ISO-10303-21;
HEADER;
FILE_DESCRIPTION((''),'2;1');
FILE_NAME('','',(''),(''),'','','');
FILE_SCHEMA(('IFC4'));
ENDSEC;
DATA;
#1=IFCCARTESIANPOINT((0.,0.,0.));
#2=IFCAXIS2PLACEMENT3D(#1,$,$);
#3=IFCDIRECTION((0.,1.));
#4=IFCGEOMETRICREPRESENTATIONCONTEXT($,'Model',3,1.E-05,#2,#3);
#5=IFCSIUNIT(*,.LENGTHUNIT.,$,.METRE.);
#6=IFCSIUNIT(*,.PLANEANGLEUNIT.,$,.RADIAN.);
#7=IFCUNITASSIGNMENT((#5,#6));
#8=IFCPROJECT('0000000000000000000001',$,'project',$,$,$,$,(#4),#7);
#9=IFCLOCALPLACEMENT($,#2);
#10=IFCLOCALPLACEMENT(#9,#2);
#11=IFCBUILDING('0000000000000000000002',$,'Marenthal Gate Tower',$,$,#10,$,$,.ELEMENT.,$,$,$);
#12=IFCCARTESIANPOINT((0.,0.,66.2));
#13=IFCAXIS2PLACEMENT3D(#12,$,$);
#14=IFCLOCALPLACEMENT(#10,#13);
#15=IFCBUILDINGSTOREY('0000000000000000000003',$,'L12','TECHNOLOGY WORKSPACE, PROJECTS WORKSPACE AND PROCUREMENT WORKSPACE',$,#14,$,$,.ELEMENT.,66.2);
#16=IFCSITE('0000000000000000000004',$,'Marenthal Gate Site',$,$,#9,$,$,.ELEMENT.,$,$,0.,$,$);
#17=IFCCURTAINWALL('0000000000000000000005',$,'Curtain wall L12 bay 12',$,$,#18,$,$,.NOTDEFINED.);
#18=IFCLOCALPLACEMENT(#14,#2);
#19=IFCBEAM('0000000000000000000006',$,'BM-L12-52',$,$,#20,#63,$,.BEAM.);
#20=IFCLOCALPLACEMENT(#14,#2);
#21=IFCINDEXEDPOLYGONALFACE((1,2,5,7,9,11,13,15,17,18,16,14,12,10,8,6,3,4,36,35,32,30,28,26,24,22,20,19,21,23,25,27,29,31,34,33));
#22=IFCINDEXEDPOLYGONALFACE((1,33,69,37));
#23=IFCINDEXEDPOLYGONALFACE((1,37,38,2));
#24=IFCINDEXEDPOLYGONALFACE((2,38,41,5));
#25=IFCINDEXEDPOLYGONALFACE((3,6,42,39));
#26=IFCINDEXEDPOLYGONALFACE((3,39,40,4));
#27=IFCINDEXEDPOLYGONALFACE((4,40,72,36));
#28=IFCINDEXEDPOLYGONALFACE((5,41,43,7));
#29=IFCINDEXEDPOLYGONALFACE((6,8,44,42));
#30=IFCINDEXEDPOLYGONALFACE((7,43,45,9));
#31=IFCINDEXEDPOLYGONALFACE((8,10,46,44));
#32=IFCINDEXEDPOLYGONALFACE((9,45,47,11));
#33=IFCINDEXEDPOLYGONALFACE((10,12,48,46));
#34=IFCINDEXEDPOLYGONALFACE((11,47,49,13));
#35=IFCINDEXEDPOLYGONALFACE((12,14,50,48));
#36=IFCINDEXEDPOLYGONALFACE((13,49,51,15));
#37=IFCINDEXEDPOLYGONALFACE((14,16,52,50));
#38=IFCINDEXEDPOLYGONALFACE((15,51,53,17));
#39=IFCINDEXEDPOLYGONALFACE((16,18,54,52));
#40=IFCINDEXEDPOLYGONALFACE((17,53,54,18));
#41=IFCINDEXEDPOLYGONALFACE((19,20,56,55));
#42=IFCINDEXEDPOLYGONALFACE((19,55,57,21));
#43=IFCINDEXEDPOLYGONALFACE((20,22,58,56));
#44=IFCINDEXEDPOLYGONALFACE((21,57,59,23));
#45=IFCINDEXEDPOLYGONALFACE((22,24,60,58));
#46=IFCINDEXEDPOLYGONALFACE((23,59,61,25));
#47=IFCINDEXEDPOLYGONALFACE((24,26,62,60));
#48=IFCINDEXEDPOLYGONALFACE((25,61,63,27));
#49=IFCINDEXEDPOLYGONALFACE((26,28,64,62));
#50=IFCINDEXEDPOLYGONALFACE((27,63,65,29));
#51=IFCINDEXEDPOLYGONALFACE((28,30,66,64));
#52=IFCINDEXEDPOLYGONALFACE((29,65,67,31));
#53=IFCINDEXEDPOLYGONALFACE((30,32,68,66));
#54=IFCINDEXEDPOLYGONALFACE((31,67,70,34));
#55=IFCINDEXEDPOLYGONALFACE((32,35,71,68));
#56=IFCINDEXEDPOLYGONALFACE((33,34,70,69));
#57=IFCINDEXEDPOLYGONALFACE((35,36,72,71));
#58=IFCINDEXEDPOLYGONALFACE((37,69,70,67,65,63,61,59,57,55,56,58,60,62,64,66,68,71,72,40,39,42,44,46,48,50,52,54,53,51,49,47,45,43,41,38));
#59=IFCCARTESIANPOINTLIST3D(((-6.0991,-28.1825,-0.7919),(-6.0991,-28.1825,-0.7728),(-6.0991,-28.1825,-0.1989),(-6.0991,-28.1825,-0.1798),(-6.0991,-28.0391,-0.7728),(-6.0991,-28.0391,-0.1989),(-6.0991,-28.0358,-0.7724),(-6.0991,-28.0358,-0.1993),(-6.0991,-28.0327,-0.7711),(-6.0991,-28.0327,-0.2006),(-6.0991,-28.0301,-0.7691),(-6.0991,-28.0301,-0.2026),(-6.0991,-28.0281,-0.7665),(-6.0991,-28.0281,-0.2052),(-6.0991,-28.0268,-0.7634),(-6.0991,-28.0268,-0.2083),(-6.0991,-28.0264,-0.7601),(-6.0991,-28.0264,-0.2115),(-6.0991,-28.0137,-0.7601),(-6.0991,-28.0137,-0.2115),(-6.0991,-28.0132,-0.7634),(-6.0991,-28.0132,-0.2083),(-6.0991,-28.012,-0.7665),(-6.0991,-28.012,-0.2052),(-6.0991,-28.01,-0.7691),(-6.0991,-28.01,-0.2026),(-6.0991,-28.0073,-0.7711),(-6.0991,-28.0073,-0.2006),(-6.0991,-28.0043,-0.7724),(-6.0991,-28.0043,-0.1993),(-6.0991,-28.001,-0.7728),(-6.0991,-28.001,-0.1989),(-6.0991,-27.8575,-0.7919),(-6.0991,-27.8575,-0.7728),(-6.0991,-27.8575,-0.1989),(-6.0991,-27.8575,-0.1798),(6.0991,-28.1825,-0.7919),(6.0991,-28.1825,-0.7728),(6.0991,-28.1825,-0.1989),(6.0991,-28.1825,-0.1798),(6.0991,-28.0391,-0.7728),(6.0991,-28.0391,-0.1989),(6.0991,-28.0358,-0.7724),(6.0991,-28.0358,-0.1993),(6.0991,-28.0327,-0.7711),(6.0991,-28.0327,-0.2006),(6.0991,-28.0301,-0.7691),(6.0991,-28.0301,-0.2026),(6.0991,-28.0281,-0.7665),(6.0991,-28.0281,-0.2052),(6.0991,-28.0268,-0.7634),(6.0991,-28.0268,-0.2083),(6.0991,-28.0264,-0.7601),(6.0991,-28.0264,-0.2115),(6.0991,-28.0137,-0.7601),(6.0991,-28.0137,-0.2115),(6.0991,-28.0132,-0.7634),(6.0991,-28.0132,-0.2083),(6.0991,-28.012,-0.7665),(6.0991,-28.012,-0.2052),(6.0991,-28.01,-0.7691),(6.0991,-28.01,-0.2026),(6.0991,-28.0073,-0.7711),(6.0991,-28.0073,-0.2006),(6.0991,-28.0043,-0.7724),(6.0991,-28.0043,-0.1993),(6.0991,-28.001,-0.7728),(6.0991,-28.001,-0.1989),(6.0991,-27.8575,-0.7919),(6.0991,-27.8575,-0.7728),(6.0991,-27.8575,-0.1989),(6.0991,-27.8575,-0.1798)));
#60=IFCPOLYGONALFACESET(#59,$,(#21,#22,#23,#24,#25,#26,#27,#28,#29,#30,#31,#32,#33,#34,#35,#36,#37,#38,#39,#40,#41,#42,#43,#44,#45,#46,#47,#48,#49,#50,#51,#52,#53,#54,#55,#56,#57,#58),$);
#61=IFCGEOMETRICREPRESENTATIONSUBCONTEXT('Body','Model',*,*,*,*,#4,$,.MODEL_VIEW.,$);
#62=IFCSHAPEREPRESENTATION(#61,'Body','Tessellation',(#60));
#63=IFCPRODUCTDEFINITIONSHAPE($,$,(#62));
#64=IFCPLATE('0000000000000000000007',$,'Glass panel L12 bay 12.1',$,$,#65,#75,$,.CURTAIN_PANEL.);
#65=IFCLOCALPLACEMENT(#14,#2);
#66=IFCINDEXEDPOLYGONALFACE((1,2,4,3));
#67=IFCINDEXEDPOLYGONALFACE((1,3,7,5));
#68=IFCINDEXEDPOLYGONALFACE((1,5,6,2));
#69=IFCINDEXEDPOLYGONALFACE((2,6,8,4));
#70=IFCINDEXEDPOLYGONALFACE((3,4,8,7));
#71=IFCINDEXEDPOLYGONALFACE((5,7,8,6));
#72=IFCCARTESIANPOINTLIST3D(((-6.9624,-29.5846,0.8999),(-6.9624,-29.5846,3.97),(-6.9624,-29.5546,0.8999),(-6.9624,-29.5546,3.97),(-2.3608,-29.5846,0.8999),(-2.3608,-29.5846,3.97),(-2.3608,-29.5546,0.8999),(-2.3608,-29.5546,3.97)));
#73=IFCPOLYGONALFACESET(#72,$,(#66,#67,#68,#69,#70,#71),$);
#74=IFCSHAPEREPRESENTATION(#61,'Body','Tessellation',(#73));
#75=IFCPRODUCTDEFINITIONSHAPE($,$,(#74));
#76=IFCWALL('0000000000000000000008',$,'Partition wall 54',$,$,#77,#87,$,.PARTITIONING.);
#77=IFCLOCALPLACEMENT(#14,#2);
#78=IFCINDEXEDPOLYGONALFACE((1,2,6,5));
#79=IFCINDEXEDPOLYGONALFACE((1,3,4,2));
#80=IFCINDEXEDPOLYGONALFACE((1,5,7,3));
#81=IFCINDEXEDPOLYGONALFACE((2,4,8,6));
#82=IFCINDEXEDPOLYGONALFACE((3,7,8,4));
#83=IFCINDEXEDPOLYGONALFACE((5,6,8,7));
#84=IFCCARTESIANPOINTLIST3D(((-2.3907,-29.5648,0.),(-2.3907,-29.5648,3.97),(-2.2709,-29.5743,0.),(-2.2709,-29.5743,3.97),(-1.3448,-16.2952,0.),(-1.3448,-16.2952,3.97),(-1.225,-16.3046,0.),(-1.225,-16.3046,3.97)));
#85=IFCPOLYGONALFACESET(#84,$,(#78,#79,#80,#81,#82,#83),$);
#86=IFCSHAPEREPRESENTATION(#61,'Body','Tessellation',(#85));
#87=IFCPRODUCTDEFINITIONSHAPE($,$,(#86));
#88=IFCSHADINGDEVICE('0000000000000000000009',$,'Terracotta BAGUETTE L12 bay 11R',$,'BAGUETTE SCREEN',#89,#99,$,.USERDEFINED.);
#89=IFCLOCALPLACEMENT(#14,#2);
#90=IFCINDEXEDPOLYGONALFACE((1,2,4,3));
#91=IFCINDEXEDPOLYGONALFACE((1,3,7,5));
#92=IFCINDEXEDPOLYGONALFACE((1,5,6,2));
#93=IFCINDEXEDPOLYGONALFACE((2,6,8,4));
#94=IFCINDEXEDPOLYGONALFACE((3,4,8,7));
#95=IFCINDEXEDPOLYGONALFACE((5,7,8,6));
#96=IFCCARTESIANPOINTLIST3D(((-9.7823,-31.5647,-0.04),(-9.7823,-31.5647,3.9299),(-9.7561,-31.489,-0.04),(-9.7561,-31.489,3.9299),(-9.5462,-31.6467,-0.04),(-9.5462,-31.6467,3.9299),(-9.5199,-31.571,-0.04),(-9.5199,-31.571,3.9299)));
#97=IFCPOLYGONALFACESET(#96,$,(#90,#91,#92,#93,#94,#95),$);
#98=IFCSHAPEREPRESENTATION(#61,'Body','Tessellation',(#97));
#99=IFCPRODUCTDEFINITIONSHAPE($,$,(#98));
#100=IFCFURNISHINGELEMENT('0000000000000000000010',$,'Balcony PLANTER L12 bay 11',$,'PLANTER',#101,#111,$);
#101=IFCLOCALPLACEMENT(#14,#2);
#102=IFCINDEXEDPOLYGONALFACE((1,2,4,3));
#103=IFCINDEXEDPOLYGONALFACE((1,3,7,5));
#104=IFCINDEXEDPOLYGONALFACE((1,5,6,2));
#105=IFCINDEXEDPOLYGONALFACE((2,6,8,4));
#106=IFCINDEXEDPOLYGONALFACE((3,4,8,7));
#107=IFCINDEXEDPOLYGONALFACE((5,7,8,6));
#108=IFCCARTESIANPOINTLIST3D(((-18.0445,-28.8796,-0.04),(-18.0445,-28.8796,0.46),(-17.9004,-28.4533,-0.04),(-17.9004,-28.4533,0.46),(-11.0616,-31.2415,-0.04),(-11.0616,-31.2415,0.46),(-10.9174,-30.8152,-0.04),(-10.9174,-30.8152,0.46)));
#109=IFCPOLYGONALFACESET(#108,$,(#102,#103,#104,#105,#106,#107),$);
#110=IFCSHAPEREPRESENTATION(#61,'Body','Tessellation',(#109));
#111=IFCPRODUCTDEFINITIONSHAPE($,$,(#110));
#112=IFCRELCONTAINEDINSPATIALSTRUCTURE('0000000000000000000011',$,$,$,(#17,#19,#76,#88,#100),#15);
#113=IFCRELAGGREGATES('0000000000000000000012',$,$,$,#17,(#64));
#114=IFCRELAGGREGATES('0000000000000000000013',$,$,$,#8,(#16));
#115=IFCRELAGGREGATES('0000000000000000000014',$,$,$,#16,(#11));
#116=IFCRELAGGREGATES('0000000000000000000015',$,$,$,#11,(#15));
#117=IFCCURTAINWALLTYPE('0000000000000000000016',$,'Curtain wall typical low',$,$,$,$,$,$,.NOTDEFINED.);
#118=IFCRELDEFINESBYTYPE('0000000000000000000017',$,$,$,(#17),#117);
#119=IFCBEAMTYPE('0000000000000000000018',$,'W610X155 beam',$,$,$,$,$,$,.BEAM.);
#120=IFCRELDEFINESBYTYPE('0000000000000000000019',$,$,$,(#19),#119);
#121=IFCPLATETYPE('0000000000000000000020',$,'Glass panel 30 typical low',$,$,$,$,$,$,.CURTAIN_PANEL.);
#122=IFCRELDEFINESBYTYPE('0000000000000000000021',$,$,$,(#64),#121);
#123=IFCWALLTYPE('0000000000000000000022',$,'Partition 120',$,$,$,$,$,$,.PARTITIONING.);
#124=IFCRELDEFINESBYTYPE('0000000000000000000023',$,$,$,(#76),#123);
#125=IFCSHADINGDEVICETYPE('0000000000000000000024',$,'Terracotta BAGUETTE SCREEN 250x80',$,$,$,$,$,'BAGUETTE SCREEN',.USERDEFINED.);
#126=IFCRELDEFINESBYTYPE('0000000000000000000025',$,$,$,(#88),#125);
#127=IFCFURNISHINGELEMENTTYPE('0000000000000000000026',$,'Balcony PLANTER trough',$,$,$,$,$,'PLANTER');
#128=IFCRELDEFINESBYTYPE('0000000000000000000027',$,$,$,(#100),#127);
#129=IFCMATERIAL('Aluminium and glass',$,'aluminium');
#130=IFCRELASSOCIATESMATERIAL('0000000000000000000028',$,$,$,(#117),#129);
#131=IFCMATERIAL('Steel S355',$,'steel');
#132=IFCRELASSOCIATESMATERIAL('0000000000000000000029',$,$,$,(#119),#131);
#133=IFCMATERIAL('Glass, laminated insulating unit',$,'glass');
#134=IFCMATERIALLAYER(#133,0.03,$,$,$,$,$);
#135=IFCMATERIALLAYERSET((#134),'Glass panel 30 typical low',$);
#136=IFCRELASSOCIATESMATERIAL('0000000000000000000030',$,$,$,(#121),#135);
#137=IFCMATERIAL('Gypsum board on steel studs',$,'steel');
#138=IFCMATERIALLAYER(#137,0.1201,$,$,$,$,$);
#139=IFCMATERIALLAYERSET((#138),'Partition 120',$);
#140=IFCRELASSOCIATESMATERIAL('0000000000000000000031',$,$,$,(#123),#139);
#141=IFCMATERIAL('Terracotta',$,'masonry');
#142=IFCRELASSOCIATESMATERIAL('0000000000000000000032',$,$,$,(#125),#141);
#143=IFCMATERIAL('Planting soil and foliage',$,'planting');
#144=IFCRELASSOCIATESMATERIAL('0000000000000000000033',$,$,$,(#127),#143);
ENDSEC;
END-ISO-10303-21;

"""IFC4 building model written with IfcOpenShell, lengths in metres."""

from ifc_helpers import new_model, si_unit, direction, frame, frame_2d, origin, origin_2d, place, context, subcontext, project, spatial, rectangle, i_section, extrude, material, layer, layer_set, material_profile, profile_set, type_object, element, aggregate, save


model = new_model("IFC4")

# Units and contexts
model_context = context("Model", 3, precision=1e-05, world=origin(), true_north=direction((0.0, 1.0)))
body_context = subcontext(model_context, "Body", "Model", "MODEL_VIEW")
ifc_project = project(units=[si_unit("LENGTHUNIT", "METRE"), si_unit("PLANEANGLEUNIT", "RADIAN")], contexts=[model_context])

# Site, building, storey
site_placement = place(None, origin())
site = spatial("IfcSite", under=ifc_project, at=site_placement, Name="Marenthal Gate Site", CompositionType="ELEMENT", RefElevation=0.0)
building_placement = place(site_placement, origin())
building = spatial("IfcBuilding", under=site, at=building_placement, Name="Marenthal Gate Tower", CompositionType="ELEMENT")
storey_placement = place(building_placement, frame((0.0, 0.0, 66.2)))
storey = spatial("IfcBuildingStorey", under=building, at=storey_placement, Name="L12", Description="TECHNOLOGY WORKSPACE, PROJECTS WORKSPACE AND PROCUREMENT WORKSPACE", CompositionType="ELEMENT", Elevation=66.2)

# Curtain wall
ifc_material_1 = material(Name="Aluminium and glass", Category="aluminium")
curtain_wall_type = type_object("IfcCurtainWallType", Name="Curtain wall typical low", PredefinedType="NOTDEFINED", material=ifc_material_1)
curtain_wall_placement = place(storey_placement, origin())
curtain_wall = element("IfcCurtainWall", 1, at=curtain_wall_placement, inside=storey, type_object=curtain_wall_type, Name="Curtain wall L12 bay 12", PredefinedType="NOTDEFINED")

# Beam
ifc_material_2 = material(Name="Steel S355", Category="steel")
ifc_material_profile_1 = material_profile(ifc_material_2, i_section(OverallWidth=0.325, OverallDepth=0.6121, WebThickness=0.0127, FlangeThickness=0.019, FilletRadius=0.0127, at=origin_2d()), Name="W610X155")
ifc_profile_set_1 = profile_set([ifc_material_profile_1], Name="Steel S355")
beam_type_1 = type_object("IfcBeamType", Name="W610X155 beam", PredefinedType="BEAM", material=ifc_profile_set_1)
beam_1_placement = place(storey_placement, frame((-6.0991, -28.02, -0.4858), z_axis=(1.0, 0.0, 0.0), x_axis=(0.0, 1.0, 0.0)))
element("IfcBeam", 2, at=beam_1_placement, inside=storey, type_object=beam_type_1, Name="BM-L12-52", PredefinedType="BEAM", context=body_context, shape_type="SweptSolid", body=[
    extrude(i_section(OverallWidth=0.325, OverallDepth=0.6121, WebThickness=0.0127, FlangeThickness=0.019, FilletRadius=0.0127, at=origin_2d()), origin(), (0.0, 0.0, 1.0), 12.1982),
])

# Plate
ifc_material_3 = material(Name="Glass, laminated insulating unit", Category="glass")
ifc_layer_1 = layer(ifc_material_3, 0.03)
ifc_layer_set_1 = layer_set([ifc_layer_1], Name="Glass panel 30 typical low")
plate_type = type_object("IfcPlateType", Name="Glass panel 30 typical low", PredefinedType="CURTAIN_PANEL", material=ifc_layer_set_1)
plate_placement = place(storey_placement, frame((-4.6616, -29.5696, 0.8999), z_axis=(0.0, 0.0, 1.0), x_axis=(1.0, 0.0, 0.0)))
plate = element("IfcPlate", 3, at=plate_placement, type_object=plate_type, Name="Glass panel L12 bay 12.1", PredefinedType="CURTAIN_PANEL", context=body_context, shape_type="SweptSolid", body=[
    extrude(rectangle(XDim=4.6016, YDim=0.03, at=origin_2d()), origin(), (0.0, 0.0, 1.0), 3.0701),
])
aggregate(curtain_wall, [plate])

# Wall
ifc_material_4 = material(Name="Gypsum board on steel studs", Category="steel")
ifc_layer_2 = layer(ifc_material_4, 0.1201)
ifc_layer_set_2 = layer_set([ifc_layer_2], Name="Partition 120")
wall_type = type_object("IfcWallType", Name="Partition 120", PredefinedType="PARTITIONING", material=ifc_layer_set_2)
wall_placement = place(storey_placement, frame((-1.2849, -16.3, 0.0), z_axis=(0.0, 0.0, 1.0), x_axis=(-0.078576, -0.996908, 0.0)))
element("IfcWall", 4, at=wall_placement, inside=storey, type_object=wall_type, Name="Partition wall 54", PredefinedType="PARTITIONING", context=body_context, shape_type="SweptSolid", body=[
    extrude(rectangle(XDim=13.3108, YDim=0.1201, at=frame_2d((6.6553, 0.0))), origin(), (0.0, 0.0, 1.0), 3.97),
])

# Shading device
ifc_material_5 = material(Name="Terracotta", Category="masonry")
ifc_material_profile_2 = material_profile(ifc_material_5, rectangle(XDim=0.25, YDim=0.0801, at=origin_2d()), Name="Terracotta baguette 250x80")
ifc_profile_set_2 = profile_set([ifc_material_profile_2], Name="Terracotta")
shading_device_type = type_object("IfcShadingDeviceType", Name="Terracotta BAGUETTE SCREEN 250x80", ElementType="BAGUETTE SCREEN", PredefinedType="USERDEFINED", material=ifc_profile_set_2)
shading_device_placement = place(storey_placement, frame((-9.6511, -31.5679, -0.04), z_axis=(0.0, 0.0, 1.0), x_axis=(0.944672, -0.328016, 0.0)))
element("IfcShadingDevice", 5, at=shading_device_placement, inside=storey, type_object=shading_device_type, Name="Terracotta BAGUETTE L12 bay 11R", ObjectType="BAGUETTE SCREEN", PredefinedType="USERDEFINED", context=body_context, shape_type="SweptSolid", body=[
    extrude(rectangle(XDim=0.25, YDim=0.0801, at=origin_2d()), origin(), (0.0, 0.0, 1.0), 3.97),
])

# Furnishing element
ifc_material_6 = material(Name="Planting soil and foliage", Category="planting")
furnishing_element_type = type_object("IfcFurnishingElementType", Name="Balcony PLANTER trough", ElementType="PLANTER", material=ifc_material_6)
furnishing_placement = place(storey_placement, frame((-14.481, -29.8474, -0.04), z_axis=(0.0, 0.0, 1.0), x_axis=(0.94728, -0.320406, 0.0)))
element("IfcFurnishingElement", 6, at=furnishing_placement, inside=storey, type_object=furnishing_element_type, Name="Balcony PLANTER L12 bay 11", ObjectType="PLANTER", context=body_context, shape_type="SweptSolid", body=[
    extrude(rectangle(XDim=7.3716, YDim=0.45, at=origin_2d()), origin(), (0.0, 0.0, 1.0), 0.5),
])

save(model, "model.ifc")
